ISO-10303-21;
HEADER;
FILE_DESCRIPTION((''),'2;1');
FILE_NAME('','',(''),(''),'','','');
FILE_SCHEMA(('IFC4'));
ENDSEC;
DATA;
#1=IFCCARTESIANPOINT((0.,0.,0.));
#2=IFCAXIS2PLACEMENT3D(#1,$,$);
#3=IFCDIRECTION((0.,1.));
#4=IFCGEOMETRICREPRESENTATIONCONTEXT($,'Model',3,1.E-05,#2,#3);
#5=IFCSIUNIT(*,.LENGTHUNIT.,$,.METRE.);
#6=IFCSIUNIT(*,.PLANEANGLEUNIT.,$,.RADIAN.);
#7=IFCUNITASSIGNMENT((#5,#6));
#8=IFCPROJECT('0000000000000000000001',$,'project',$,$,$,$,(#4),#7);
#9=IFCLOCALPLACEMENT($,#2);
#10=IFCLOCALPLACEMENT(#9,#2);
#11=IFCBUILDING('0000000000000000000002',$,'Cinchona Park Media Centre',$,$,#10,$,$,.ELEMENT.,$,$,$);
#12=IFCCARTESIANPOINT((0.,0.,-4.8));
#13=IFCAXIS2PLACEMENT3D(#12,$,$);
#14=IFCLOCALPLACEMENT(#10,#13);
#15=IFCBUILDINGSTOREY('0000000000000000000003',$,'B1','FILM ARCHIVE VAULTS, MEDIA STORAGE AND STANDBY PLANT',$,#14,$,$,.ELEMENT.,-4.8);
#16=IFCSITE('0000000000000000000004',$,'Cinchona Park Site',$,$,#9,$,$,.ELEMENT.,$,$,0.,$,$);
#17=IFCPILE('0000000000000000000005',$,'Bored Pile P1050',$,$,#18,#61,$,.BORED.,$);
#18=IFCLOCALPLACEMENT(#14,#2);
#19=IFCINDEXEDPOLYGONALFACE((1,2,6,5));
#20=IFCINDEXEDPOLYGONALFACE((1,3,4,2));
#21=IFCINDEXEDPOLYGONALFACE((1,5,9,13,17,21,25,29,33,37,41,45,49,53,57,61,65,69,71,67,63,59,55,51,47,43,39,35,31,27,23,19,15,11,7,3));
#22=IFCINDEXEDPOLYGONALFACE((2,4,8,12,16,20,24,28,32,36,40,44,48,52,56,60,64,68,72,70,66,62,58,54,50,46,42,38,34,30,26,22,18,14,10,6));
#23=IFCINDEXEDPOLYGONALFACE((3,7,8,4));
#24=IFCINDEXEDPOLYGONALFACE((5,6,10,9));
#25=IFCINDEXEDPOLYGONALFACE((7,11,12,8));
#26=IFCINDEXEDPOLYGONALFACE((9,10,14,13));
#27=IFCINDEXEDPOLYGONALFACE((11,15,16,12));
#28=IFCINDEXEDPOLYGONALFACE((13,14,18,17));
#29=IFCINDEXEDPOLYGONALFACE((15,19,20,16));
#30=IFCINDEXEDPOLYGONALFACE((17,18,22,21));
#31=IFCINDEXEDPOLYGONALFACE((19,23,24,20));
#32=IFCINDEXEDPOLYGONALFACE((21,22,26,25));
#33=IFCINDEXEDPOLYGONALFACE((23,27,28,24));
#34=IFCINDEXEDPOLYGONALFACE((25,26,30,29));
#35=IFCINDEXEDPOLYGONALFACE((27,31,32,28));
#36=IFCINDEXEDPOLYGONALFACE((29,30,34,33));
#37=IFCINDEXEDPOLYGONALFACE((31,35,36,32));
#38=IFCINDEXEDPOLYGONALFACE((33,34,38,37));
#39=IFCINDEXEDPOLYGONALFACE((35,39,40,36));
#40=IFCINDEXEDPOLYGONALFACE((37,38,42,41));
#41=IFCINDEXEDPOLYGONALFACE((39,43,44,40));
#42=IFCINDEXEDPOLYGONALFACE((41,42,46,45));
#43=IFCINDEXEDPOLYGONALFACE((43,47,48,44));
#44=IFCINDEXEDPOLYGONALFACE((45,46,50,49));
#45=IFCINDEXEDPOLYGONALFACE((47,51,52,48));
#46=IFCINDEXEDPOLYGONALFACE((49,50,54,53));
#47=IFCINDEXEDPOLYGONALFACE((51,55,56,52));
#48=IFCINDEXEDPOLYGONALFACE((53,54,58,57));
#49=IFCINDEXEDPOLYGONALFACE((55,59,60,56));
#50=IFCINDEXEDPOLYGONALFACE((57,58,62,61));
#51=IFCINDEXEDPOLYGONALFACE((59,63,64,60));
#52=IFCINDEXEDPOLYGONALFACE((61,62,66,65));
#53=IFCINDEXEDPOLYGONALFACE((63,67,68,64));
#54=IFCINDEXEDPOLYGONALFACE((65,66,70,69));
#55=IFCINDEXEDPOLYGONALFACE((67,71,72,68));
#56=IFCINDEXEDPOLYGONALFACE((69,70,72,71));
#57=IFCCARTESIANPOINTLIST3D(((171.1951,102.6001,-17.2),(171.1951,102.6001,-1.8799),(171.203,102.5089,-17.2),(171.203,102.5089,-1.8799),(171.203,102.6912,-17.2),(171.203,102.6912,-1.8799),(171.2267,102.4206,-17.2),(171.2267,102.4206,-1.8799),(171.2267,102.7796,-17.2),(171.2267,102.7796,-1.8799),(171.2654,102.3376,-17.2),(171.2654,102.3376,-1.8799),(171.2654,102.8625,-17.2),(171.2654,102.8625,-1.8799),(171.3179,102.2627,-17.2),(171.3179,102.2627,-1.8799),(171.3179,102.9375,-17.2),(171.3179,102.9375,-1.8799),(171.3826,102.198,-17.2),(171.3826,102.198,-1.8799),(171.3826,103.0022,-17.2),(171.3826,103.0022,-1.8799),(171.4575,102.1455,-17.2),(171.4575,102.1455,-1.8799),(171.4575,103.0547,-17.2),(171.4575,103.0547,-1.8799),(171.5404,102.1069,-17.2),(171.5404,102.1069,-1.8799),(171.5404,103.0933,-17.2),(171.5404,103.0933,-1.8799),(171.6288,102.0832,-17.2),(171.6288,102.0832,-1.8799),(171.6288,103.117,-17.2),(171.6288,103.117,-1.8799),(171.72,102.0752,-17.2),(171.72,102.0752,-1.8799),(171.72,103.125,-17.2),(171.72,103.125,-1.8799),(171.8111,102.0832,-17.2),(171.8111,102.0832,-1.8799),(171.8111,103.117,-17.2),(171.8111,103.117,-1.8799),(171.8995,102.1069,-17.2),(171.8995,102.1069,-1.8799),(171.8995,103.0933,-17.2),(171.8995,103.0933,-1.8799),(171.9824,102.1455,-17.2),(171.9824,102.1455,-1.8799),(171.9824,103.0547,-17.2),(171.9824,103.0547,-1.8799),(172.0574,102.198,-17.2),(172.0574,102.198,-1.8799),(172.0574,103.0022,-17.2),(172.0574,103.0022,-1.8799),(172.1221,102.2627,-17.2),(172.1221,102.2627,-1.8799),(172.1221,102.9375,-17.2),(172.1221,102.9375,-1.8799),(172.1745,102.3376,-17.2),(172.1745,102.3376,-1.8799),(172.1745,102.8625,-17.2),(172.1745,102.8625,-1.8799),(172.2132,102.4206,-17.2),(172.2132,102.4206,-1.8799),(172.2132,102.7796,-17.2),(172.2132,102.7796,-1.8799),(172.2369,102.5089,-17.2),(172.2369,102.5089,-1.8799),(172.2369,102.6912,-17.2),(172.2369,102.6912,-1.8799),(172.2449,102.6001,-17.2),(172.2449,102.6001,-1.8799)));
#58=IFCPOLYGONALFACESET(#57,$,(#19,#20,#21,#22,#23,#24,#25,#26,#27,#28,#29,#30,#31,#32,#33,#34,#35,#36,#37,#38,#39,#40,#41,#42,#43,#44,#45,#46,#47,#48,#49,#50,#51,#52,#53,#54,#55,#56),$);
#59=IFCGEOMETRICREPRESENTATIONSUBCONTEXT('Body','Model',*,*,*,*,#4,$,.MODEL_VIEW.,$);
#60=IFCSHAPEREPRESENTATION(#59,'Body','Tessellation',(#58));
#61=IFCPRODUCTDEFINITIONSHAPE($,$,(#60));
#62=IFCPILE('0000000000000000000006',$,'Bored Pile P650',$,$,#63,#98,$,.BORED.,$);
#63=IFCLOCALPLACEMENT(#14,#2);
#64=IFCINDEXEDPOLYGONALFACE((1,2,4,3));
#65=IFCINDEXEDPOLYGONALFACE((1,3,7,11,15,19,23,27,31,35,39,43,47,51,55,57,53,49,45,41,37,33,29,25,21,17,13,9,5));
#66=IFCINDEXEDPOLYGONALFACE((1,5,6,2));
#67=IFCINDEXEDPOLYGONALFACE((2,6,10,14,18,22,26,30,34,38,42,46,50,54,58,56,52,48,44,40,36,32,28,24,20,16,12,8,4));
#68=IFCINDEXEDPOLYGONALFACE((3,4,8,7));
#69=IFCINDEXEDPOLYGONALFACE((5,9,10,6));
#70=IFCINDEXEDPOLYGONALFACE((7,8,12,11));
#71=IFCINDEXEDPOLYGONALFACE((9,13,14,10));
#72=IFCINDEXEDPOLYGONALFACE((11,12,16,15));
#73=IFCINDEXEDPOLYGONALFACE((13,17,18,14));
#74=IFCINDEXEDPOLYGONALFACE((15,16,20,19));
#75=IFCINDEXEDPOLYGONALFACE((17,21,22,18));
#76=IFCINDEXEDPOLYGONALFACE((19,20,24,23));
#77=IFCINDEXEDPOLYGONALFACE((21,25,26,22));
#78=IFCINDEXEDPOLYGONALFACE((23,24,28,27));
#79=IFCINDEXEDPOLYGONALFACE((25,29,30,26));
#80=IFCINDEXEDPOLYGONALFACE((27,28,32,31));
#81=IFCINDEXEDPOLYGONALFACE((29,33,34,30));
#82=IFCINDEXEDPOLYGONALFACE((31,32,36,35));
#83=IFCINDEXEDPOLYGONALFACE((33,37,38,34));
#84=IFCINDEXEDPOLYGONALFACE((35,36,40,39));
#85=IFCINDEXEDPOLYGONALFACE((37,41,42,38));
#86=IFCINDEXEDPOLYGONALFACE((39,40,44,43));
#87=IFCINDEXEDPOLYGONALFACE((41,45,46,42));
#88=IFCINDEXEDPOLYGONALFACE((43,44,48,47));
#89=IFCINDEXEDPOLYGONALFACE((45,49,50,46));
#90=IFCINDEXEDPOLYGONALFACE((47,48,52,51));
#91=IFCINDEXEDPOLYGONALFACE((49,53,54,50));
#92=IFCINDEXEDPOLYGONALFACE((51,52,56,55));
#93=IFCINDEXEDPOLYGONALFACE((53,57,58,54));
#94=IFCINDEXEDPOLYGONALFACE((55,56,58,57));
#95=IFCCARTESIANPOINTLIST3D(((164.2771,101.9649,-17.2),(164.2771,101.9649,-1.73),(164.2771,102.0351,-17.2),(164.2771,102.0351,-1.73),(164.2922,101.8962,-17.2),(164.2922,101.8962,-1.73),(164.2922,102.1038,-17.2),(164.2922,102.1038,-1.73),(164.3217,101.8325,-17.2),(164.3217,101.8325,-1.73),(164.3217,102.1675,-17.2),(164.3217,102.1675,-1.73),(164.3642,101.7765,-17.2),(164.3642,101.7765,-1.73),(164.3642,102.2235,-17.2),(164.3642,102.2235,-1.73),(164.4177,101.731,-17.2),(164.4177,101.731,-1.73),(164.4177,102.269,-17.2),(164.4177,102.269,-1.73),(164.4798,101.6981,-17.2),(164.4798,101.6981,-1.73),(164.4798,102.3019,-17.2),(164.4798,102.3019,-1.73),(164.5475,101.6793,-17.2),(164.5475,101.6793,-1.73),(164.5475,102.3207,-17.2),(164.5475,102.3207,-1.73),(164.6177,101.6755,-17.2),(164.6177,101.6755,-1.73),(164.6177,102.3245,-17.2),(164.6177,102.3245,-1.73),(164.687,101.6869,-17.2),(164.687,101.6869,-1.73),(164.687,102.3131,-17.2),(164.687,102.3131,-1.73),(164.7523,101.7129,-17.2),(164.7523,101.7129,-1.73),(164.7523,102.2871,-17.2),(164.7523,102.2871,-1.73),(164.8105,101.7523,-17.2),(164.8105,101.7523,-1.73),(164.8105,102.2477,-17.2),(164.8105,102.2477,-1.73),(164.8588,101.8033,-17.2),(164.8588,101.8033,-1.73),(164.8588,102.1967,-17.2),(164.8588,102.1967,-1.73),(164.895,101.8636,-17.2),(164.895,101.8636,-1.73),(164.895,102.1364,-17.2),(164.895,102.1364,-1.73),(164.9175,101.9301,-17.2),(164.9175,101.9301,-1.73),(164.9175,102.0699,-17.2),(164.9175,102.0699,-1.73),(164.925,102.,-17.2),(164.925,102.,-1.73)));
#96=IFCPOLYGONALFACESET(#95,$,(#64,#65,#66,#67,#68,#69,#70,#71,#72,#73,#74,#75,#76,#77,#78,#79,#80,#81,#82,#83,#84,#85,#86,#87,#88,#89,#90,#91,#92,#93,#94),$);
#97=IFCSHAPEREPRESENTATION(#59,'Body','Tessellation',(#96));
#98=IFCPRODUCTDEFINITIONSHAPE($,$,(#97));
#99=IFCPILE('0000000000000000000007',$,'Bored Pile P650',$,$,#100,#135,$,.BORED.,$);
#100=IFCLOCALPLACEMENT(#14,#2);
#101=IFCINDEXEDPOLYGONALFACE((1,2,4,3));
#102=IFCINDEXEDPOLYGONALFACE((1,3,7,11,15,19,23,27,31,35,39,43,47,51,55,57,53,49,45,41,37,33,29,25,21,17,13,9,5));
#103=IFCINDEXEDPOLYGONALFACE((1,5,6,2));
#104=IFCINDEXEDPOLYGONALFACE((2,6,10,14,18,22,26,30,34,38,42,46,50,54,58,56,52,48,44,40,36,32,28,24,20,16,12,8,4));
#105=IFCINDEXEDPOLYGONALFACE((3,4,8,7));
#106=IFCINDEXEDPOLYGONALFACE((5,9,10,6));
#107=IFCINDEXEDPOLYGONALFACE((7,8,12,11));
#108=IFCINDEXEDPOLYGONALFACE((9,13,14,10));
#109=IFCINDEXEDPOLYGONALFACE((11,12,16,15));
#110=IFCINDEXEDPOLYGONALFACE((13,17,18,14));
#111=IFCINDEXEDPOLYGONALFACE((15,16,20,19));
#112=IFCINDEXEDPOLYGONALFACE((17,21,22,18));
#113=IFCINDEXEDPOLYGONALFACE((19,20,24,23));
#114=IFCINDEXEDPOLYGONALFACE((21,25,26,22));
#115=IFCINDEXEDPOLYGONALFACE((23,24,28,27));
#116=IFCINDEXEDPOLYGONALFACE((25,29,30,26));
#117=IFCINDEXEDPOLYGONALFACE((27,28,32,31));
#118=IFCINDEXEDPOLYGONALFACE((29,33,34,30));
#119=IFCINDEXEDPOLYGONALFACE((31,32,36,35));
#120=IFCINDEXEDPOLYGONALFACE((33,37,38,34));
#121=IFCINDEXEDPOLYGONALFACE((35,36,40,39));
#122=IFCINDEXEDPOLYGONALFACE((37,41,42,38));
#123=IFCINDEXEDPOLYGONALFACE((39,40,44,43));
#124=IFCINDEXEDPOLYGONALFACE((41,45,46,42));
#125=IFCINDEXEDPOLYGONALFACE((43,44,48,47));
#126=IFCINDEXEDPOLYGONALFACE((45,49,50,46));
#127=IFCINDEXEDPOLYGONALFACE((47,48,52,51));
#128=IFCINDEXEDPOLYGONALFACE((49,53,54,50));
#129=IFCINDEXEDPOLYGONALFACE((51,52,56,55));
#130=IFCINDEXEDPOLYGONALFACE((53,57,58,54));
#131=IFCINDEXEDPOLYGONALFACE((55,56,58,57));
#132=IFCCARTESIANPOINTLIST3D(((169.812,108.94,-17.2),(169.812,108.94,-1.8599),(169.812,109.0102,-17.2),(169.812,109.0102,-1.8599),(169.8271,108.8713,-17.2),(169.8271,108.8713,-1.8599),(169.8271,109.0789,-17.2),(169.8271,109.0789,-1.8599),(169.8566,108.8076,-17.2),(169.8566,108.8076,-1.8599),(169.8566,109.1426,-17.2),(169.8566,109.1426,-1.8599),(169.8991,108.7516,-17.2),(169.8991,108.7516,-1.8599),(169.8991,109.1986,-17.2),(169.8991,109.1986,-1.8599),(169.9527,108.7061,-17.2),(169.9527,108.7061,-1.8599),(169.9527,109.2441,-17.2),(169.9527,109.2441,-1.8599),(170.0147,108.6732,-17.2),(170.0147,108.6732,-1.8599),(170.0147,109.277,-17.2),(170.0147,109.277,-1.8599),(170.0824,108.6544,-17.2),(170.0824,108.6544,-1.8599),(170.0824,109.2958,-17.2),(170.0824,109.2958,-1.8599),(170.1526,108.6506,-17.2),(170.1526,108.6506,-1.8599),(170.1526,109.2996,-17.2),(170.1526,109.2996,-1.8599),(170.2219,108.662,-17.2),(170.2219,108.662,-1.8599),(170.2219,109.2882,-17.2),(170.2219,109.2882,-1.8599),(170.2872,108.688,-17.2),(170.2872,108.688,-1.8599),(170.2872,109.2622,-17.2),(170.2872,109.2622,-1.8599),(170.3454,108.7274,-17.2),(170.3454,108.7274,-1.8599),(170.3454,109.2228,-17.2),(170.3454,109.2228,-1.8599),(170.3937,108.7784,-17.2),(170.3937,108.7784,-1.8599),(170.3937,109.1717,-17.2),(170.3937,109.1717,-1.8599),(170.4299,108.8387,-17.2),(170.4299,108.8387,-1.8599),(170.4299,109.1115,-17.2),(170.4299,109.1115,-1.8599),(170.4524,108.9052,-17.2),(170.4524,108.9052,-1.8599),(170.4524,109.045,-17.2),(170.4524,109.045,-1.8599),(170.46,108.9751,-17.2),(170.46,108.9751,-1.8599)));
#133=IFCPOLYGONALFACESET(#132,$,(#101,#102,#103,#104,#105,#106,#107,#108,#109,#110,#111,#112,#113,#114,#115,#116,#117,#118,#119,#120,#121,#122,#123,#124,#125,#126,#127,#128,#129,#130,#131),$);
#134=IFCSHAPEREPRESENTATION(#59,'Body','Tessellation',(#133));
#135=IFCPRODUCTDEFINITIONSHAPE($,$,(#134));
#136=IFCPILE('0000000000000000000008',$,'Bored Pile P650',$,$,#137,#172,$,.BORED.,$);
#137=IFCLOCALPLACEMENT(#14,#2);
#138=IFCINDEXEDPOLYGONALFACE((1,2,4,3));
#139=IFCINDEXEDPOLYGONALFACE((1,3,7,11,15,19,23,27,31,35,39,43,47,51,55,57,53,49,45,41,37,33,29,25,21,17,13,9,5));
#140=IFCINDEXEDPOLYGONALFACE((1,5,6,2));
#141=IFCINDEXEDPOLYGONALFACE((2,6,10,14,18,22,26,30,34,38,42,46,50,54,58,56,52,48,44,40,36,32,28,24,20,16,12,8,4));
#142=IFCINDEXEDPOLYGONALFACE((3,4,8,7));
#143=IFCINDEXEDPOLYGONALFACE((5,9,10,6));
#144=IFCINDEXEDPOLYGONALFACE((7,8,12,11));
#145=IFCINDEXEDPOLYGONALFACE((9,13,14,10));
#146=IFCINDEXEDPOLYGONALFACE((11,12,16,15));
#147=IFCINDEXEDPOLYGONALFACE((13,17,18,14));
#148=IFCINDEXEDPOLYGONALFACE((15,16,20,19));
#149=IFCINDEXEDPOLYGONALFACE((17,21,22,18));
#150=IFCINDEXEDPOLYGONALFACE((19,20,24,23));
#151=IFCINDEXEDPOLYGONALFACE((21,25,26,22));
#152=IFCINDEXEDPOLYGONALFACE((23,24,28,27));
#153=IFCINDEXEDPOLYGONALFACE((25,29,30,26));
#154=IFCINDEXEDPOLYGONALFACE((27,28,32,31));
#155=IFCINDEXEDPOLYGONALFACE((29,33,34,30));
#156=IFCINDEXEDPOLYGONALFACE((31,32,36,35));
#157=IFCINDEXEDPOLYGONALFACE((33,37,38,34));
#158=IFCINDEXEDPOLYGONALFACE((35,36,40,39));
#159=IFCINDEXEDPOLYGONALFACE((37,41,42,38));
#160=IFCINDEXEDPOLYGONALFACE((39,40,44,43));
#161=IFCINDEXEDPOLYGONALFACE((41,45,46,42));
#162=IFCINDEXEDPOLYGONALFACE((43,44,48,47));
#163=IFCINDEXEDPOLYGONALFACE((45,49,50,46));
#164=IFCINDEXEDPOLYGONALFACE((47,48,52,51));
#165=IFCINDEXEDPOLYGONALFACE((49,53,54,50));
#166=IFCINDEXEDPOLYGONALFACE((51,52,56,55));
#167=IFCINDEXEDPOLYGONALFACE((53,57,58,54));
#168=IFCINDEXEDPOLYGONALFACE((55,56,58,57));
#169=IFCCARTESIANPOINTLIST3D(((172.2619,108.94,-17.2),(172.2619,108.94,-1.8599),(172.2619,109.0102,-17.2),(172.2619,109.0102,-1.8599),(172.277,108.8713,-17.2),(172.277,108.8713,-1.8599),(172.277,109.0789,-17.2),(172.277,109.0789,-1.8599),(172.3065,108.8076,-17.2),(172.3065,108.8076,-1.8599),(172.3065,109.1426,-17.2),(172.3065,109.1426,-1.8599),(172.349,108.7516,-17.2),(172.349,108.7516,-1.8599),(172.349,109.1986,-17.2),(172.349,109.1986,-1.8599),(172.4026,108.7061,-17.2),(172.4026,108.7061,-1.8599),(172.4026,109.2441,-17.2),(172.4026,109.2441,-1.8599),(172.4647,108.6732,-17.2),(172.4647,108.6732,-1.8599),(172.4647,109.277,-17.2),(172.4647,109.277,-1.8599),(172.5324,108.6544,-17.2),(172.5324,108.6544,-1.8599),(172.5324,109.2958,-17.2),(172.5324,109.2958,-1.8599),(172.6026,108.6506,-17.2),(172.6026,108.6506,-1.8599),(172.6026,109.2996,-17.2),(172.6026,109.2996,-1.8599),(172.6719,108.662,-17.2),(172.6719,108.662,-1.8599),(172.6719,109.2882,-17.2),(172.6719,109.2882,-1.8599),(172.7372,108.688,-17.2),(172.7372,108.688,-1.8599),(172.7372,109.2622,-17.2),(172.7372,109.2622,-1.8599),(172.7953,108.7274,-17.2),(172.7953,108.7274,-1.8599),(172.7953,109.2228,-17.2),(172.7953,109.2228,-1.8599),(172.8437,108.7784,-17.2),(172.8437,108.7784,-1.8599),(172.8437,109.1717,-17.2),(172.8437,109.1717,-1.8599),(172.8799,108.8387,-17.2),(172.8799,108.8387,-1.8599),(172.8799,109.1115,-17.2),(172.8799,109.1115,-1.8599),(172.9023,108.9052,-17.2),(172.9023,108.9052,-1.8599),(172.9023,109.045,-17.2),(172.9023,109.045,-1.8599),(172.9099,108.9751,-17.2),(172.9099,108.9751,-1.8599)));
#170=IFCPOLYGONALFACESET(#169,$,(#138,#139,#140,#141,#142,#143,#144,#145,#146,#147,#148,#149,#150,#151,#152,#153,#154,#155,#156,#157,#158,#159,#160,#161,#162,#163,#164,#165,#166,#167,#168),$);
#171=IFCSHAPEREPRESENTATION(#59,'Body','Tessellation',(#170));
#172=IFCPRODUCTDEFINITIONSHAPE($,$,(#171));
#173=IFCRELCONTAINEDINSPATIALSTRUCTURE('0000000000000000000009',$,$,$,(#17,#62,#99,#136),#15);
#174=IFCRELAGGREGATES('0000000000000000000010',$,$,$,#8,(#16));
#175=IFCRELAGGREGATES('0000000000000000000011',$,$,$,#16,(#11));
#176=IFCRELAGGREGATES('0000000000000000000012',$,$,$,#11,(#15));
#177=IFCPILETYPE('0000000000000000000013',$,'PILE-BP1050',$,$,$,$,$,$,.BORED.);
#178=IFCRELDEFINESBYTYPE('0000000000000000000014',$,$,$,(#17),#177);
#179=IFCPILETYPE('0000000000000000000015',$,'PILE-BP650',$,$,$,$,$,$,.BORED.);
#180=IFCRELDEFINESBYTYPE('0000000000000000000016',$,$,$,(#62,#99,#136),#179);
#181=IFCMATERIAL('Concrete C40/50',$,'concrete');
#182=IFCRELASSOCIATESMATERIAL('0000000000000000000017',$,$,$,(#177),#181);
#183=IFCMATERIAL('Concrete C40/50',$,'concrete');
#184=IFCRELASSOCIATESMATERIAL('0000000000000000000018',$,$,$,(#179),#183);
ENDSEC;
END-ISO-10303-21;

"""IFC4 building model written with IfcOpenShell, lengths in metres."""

from ifc_helpers import new_model, si_unit, direction, frame, origin, origin_2d, place, context, subcontext, project, spatial, circle, extrude, material, material_profile, profile_set, type_object, element, save


model = new_model("IFC4")

# Units and contexts
model_context = context("Model", 3, precision=1e-05, world=origin(), true_north=direction((0.0, 1.0)))
body_context = subcontext(model_context, "Body", "Model", "MODEL_VIEW")
ifc_project = project(units=[si_unit("LENGTHUNIT", "METRE"), si_unit("PLANEANGLEUNIT", "RADIAN")], contexts=[model_context])

# Site, building, storey
site_placement = place(None, origin())
site = spatial("IfcSite", under=ifc_project, at=site_placement, Name="Cinchona Park Site", CompositionType="ELEMENT", RefElevation=0.0)
building_placement = place(site_placement, origin())
building = spatial("IfcBuilding", under=site, at=building_placement, Name="Cinchona Park Media Centre", CompositionType="ELEMENT")
storey_placement = place(building_placement, frame((0.0, 0.0, -4.8)))
storey = spatial("IfcBuildingStorey", under=building, at=storey_placement, Name="B1", Description="FILM ARCHIVE VAULTS, MEDIA STORAGE AND STANDBY PLANT", CompositionType="ELEMENT", Elevation=-4.8)

# Piles
ifc_material_1 = material(Name="Concrete C40/50", Category="concrete")
ifc_material_profile_1 = material_profile(ifc_material_1, circle(Radius=0.5249, at=origin_2d()), Name="BORED PILE 1050")
ifc_profile_set_1 = profile_set([ifc_material_profile_1], Name="Concrete C40/50")
pile_type_1 = type_object("IfcPileType", Name="PILE-BP1050", PredefinedType="BORED", material=ifc_profile_set_1)
pile_1_placement = place(storey_placement, frame((171.72, 102.6001, -1.8799), z_axis=(0.0, 0.0, -1.0), x_axis=(1.0, 0.0, 0.0)))
element("IfcPile", 1, at=pile_1_placement, inside=storey, type_object=pile_type_1, Name="Bored Pile P1050", PredefinedType="BORED", context=body_context, shape_type="SweptSolid", body=[
    extrude(circle(Radius=0.5249, at=origin_2d()), origin(), (0.0, 0.0, 1.0), 15.3201),
])
ifc_material_2 = material(Name="Concrete C40/50", Category="concrete")
ifc_material_profile_2 = material_profile(ifc_material_2, circle(Radius=0.325, at=origin_2d()), Name="BORED PILE 650")
ifc_profile_set_2 = profile_set([ifc_material_profile_2], Name="Concrete C40/50")
pile_type_2 = type_object("IfcPileType", Name="PILE-BP650", PredefinedType="BORED", material=ifc_profile_set_2)
pile_2_placement = place(storey_placement, frame((164.6001, 102.0, -1.73), z_axis=(0.0, 0.0, -1.0), x_axis=(1.0, 0.0, 0.0)))
element("IfcPile", 2, at=pile_2_placement, inside=storey, type_object=pile_type_2, Name="Bored Pile P650", PredefinedType="BORED", context=body_context, shape_type="SweptSolid", body=[
    extrude(circle(Radius=0.325, at=origin_2d()), origin(), (0.0, 0.0, 1.0), 15.47),
])
for number, where, z_axis, x_axis, name in (
    (3, (170.135, 108.9751, -1.8599), (0.0, 0.0, -1.0), (1.0, 0.0, 0.0), "Bored Pile P650"),
    (4, (172.585, 108.9751, -1.8599), (0.0, 0.0, -1.0), (1.0, 0.0, 0.0), "Bored Pile P650"),
):
    element("IfcPile", number, at=place(storey_placement, frame(where, z_axis=z_axis, x_axis=x_axis)), inside=storey, type_object=pile_type_2, Name=name, PredefinedType="BORED", context=body_context, shape_type="SweptSolid", body=[
        extrude(circle(Radius=0.325, at=origin_2d()), origin(), (0.0, 0.0, 1.0), 15.3401),
    ])

save(model, "model.ifc")
